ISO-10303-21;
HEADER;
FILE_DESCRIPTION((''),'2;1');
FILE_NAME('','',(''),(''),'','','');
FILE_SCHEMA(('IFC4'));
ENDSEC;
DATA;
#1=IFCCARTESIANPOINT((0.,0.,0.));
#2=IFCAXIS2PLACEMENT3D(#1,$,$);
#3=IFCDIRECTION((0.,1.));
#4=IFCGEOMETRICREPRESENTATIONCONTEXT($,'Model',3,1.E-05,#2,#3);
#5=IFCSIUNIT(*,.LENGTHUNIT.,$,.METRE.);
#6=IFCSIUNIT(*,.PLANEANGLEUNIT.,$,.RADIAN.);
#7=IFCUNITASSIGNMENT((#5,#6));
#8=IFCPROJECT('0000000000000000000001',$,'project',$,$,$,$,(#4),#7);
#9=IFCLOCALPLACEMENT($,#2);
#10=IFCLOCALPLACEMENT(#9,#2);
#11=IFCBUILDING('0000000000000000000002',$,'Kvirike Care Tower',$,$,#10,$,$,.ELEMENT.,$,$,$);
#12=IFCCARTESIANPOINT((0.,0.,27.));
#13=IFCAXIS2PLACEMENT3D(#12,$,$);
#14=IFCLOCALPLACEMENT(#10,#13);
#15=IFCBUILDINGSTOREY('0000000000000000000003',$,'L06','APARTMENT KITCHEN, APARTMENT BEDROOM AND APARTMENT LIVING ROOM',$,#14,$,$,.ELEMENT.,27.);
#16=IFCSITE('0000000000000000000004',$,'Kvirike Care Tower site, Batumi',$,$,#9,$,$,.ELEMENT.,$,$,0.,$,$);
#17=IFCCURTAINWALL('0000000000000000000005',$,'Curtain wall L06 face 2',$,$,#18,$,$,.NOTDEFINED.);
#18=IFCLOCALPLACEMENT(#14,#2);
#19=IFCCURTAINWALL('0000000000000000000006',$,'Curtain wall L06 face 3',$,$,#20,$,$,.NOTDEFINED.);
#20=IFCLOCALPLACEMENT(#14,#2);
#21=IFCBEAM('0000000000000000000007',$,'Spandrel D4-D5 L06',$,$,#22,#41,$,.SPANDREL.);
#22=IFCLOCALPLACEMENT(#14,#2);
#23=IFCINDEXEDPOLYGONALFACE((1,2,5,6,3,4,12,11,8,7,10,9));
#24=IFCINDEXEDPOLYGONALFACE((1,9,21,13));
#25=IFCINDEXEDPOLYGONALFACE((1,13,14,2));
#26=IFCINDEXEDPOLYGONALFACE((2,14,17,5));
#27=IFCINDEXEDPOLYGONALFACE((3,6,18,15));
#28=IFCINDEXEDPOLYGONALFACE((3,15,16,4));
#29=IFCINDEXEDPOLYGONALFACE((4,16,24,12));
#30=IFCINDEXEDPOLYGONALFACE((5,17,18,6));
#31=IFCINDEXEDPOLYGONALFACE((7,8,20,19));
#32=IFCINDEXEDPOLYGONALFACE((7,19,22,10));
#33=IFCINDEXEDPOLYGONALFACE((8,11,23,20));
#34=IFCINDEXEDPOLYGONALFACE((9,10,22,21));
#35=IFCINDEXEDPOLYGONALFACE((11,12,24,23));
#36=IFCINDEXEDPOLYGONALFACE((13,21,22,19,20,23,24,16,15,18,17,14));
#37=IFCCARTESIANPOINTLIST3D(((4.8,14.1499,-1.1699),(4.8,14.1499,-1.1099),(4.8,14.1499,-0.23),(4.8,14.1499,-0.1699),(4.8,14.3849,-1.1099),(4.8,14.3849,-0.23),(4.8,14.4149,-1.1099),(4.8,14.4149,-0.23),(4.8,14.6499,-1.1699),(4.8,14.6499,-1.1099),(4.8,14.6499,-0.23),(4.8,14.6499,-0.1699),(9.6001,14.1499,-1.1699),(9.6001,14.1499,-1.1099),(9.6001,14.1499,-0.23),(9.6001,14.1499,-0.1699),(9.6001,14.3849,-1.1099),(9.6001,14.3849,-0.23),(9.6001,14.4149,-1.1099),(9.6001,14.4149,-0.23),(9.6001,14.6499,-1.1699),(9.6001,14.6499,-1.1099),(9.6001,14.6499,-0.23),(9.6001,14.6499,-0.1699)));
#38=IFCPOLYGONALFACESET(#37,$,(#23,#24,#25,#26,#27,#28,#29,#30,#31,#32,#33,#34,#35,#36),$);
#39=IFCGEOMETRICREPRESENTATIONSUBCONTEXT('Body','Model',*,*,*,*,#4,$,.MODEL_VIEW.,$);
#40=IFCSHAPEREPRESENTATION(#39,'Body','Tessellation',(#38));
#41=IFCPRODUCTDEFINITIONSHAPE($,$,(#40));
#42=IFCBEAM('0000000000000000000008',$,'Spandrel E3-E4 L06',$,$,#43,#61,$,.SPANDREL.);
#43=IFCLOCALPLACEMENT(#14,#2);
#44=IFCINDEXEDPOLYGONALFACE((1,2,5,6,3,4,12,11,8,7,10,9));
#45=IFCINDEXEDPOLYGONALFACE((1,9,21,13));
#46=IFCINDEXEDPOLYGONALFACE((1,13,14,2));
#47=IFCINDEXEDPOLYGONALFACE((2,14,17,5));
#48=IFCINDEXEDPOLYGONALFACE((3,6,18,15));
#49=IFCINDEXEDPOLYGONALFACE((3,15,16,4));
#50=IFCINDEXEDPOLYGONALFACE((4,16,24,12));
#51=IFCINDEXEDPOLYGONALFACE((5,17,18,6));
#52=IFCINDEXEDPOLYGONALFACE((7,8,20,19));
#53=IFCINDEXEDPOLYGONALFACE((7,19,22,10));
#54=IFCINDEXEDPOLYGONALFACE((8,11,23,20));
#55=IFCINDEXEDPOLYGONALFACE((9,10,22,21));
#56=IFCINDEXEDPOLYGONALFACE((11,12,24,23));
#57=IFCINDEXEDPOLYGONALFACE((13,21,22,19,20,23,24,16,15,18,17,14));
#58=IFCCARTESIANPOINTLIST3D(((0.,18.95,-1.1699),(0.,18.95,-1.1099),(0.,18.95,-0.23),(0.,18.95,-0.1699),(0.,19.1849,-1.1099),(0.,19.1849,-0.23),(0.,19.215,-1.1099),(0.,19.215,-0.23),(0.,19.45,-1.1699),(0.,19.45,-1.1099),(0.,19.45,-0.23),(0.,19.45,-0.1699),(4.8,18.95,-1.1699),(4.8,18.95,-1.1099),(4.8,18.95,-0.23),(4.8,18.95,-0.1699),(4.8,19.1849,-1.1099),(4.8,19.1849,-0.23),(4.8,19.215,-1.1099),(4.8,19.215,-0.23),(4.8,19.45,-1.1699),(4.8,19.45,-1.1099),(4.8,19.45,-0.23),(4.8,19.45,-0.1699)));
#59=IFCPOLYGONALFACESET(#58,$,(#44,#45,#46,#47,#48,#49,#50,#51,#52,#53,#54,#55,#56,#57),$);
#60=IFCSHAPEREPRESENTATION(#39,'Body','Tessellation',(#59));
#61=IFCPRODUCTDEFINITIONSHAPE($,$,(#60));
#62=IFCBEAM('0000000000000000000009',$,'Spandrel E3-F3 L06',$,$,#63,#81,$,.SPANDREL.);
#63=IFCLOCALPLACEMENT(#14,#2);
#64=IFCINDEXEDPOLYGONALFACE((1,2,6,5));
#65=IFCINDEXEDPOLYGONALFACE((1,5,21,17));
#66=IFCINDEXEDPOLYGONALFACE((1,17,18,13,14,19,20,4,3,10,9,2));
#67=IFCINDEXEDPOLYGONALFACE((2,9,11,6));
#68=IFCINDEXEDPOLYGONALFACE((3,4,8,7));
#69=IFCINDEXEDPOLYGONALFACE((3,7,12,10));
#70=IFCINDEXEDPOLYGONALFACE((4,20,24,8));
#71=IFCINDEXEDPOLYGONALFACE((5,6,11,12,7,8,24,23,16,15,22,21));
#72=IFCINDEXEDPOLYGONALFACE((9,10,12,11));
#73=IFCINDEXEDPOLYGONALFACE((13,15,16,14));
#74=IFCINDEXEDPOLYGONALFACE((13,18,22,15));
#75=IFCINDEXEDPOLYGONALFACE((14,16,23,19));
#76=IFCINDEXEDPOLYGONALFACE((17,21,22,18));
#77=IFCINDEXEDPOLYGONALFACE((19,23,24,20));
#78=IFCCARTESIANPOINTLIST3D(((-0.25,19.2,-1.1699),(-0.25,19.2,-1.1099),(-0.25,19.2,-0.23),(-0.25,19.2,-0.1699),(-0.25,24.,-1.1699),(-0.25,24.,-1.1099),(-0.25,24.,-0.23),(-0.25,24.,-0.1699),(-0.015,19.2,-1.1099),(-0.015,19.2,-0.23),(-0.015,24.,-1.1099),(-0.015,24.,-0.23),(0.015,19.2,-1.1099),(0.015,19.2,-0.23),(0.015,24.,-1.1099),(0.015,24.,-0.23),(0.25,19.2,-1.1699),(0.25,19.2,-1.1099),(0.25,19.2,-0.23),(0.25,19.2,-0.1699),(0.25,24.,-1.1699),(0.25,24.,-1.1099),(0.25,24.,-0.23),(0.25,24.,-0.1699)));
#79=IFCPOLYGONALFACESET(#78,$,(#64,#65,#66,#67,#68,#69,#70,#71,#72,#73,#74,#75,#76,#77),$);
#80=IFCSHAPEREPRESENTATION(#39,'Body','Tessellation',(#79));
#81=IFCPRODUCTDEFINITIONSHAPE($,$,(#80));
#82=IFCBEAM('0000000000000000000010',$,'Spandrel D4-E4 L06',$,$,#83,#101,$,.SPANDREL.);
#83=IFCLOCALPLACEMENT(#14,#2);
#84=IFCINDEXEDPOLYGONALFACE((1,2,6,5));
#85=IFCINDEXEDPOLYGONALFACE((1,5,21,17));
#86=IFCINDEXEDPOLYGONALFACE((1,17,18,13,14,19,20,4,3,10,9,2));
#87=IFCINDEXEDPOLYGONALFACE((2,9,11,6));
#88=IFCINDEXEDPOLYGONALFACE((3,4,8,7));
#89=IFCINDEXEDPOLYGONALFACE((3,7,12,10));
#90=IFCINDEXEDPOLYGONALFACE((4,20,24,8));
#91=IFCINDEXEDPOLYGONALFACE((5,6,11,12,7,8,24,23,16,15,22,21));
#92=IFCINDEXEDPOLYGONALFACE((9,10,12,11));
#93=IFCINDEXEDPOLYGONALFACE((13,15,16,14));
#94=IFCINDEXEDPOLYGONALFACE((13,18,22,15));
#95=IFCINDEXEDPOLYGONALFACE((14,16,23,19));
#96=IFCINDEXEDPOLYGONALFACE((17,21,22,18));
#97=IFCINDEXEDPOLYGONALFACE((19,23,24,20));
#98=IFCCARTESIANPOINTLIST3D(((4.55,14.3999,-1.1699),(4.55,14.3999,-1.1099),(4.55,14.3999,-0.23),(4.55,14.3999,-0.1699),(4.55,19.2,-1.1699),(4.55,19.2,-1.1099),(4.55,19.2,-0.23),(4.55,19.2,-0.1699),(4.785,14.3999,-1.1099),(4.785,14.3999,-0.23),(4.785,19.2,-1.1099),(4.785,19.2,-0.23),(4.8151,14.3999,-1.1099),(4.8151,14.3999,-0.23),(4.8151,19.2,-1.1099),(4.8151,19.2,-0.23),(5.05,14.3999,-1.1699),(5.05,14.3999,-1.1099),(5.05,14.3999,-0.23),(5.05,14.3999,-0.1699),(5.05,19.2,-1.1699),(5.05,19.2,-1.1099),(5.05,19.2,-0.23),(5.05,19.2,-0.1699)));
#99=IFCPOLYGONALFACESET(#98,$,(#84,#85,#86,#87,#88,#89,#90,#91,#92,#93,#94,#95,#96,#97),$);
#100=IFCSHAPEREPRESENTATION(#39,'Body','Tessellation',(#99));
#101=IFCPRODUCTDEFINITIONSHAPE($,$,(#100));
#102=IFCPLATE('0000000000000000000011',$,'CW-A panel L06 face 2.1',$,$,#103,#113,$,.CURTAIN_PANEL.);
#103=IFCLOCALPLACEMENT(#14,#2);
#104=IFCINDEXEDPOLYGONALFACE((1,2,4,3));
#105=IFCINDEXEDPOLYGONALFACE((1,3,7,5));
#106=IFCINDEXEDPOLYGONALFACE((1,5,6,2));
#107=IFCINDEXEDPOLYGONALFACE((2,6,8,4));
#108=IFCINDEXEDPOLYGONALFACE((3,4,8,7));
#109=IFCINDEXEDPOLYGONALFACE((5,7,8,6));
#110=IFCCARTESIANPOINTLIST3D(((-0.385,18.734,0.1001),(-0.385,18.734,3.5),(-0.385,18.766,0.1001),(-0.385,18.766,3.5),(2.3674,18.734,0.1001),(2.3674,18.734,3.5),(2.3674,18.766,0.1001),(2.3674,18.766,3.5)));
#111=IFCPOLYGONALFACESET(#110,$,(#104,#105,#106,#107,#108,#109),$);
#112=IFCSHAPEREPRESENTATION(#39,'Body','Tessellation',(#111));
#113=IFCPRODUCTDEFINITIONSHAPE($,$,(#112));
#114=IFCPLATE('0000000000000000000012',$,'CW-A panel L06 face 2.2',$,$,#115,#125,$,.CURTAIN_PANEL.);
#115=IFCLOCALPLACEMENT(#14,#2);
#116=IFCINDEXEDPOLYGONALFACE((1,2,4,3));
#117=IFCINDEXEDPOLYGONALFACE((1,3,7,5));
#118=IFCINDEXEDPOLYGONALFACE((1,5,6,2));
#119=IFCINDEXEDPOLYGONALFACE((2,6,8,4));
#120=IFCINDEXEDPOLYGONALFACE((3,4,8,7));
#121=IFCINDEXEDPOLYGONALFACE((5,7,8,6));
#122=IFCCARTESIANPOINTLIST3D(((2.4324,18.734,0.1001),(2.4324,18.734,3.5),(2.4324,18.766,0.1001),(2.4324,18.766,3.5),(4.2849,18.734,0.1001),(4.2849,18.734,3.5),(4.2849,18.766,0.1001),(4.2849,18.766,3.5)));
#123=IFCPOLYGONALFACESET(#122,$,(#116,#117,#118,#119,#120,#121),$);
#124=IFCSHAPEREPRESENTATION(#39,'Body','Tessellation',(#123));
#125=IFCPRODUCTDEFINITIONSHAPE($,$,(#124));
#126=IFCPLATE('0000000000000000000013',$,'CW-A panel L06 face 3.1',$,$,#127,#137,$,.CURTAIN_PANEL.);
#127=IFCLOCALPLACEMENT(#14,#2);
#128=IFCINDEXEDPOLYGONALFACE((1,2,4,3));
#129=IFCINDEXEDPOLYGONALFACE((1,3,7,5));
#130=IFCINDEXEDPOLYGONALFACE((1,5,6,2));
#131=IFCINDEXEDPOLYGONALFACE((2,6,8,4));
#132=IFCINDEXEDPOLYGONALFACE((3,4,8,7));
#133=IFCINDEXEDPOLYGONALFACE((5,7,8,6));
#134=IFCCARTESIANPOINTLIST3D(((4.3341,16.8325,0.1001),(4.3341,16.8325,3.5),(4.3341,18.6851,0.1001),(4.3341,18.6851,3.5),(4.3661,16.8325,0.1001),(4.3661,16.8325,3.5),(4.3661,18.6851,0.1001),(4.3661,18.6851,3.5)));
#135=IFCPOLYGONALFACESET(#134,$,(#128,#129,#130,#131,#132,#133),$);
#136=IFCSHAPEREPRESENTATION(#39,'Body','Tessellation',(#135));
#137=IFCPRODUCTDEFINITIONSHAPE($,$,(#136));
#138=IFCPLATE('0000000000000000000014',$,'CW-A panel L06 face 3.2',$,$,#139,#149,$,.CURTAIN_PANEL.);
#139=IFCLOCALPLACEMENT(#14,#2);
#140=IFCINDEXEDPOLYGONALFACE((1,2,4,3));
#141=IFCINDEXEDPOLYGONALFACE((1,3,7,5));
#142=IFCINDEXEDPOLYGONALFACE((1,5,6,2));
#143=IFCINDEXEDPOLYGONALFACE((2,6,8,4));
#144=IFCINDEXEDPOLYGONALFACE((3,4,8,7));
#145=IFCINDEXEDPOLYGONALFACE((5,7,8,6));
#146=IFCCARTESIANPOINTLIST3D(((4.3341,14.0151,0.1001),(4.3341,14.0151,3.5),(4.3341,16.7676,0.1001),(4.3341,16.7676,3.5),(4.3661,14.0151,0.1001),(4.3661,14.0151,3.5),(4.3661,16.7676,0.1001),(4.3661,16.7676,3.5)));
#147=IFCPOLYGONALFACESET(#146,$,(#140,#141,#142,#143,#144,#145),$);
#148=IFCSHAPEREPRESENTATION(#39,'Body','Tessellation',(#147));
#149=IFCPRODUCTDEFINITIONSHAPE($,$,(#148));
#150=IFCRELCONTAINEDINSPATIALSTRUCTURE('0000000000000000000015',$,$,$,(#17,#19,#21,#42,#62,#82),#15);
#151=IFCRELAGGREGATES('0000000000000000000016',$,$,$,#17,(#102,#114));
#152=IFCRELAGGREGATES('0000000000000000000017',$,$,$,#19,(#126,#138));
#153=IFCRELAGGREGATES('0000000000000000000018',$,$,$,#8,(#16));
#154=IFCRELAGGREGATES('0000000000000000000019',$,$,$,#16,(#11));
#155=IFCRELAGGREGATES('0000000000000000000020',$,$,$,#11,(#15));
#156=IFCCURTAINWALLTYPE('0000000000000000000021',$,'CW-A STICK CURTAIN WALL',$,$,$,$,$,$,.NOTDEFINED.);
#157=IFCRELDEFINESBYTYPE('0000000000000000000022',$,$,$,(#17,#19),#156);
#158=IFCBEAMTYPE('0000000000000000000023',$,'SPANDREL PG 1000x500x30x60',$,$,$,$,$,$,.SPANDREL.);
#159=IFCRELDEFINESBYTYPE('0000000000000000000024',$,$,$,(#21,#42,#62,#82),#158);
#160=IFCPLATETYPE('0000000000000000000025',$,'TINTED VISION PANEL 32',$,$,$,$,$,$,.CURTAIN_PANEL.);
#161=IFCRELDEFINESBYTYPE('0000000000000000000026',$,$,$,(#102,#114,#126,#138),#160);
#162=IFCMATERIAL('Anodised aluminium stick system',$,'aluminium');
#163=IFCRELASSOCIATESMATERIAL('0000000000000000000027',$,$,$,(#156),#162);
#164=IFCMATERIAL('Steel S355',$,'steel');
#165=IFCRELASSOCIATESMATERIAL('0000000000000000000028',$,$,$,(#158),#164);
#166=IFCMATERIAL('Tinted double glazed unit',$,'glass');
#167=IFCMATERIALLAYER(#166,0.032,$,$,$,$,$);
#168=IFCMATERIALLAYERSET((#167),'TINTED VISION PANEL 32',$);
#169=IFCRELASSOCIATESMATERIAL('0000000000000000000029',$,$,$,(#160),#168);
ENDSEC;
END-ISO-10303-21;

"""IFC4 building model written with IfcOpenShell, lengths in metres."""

from ifc_helpers import new_model, si_unit, direction, frame, origin, origin_2d, place, context, subcontext, project, spatial, rectangle, i_section, extrude, material, layer, layer_set, material_profile, profile_set, type_object, element, aggregate, save


model = new_model("IFC4")

# Units and contexts
model_context = context("Model", 3, precision=1e-05, world=origin(), true_north=direction((0.0, 1.0)))
body_context = subcontext(model_context, "Body", "Model", "MODEL_VIEW")
ifc_project = project(units=[si_unit("LENGTHUNIT", "METRE"), si_unit("PLANEANGLEUNIT", "RADIAN")], contexts=[model_context])

# Site, building, storey
site_placement = place(None, origin())
site = spatial("IfcSite", under=ifc_project, at=site_placement, Name="Kvirike Care Tower site, Batumi", CompositionType="ELEMENT", RefElevation=0.0)
building_placement = place(site_placement, origin())
building = spatial("IfcBuilding", under=site, at=building_placement, Name="Kvirike Care Tower", CompositionType="ELEMENT")
storey_placement = place(building_placement, frame((0.0, 0.0, 27.0)))
storey = spatial("IfcBuildingStorey", under=building, at=storey_placement, Name="L06", Description="APARTMENT KITCHEN, APARTMENT BEDROOM AND APARTMENT LIVING ROOM", CompositionType="ELEMENT", Elevation=27.0)

# Shared definitions
ifc_material_1 = material(Name="Anodised aluminium stick system", Category="aluminium")
curtain_wall_type = type_object("IfcCurtainWallType", Name="CW-A STICK CURTAIN WALL", PredefinedType="NOTDEFINED", material=ifc_material_1)

# Curtain walls
curtain_wall_1_placement = place(storey_placement, origin())
curtain_wall_1 = element("IfcCurtainWall", 1, at=curtain_wall_1_placement, inside=storey, type_object=curtain_wall_type, Name="Curtain wall L06 face 2", PredefinedType="NOTDEFINED")
curtain_wall_2_placement = place(storey_placement, origin())
curtain_wall_2 = element("IfcCurtainWall", 2, at=curtain_wall_2_placement, inside=storey, type_object=curtain_wall_type, Name="Curtain wall L06 face 3", PredefinedType="NOTDEFINED")

# Beams
ifc_material_2 = material(Name="Steel S355", Category="steel")
ifc_material_profile_1 = material_profile(ifc_material_2, i_section(OverallWidth=0.5, OverallDepth=1.0, WebThickness=0.03, FlangeThickness=0.0601, at=origin_2d()), Name="PG 1000x500x30x60")
ifc_profile_set_1 = profile_set([ifc_material_profile_1], Name="Steel S355")
beam_type = type_object("IfcBeamType", Name="SPANDREL PG 1000x500x30x60", PredefinedType="SPANDREL", material=ifc_profile_set_1)
for number, where, z_axis, x_axis, name in (
    (3, (4.8, 14.3999, -0.6699), (1.0, 0.0, 0.0), (0.0, 1.0, 0.0), "Spandrel D4-D5 L06"),
    (4, (0.0, 19.2, -0.6699), (1.0, 0.0, 0.0), (0.0, 1.0, 0.0), "Spandrel E3-E4 L06"),
    (5, (0.0, 19.2, -0.6699), (0.0, 1.0, 0.0), (-1.0, 0.0, 0.0), "Spandrel E3-F3 L06"),
    (6, (4.8, 14.3999, -0.6699), (0.0, 1.0, 0.0), (-1.0, 0.0, 0.0), "Spandrel D4-E4 L06"),
):
    element("IfcBeam", number, at=place(storey_placement, frame(where, z_axis=z_axis, x_axis=x_axis)), inside=storey, type_object=beam_type, Name=name, PredefinedType="SPANDREL", context=body_context, shape_type="SweptSolid", body=[
        extrude(i_section(OverallWidth=0.5, OverallDepth=1.0, WebThickness=0.03, FlangeThickness=0.0601, at=origin_2d()), origin(), (0.0, 0.0, 1.0), 4.8),
    ])

# Plates
ifc_material_3 = material(Name="Tinted double glazed unit", Category="glass")
ifc_layer = layer(ifc_material_3, 0.032)
ifc_layer_set = layer_set([ifc_layer], Name="TINTED VISION PANEL 32")
plate_type = type_object("IfcPlateType", Name="TINTED VISION PANEL 32", PredefinedType="CURTAIN_PANEL", material=ifc_layer_set)
plate_1_placement = place(storey_placement, frame((0.9912, 18.75, 0.1001), z_axis=(0.0, 0.0, 1.0), x_axis=(1.0, 0.0, 0.0)))
plate_1 = element("IfcPlate", 7, at=plate_1_placement, type_object=plate_type, Name="CW-A panel L06 face 2.1", PredefinedType="CURTAIN_PANEL", context=body_context, shape_type="SweptSolid", body=[
    extrude(rectangle(XDim=2.7524, YDim=0.032, at=origin_2d()), origin(), (0.0, 0.0, 1.0), 3.3999),
])
plate_2_placement = place(storey_placement, frame((3.3586, 18.75, 0.1001), z_axis=(0.0, 0.0, 1.0), x_axis=(1.0, 0.0, 0.0)))
plate_2 = element("IfcPlate", 8, at=plate_2_placement, type_object=plate_type, Name="CW-A panel L06 face 2.2", PredefinedType="CURTAIN_PANEL", context=body_context, shape_type="SweptSolid", body=[
    extrude(rectangle(XDim=1.8525, YDim=0.032, at=origin_2d()), origin(), (0.0, 0.0, 1.0), 3.3999),
])
aggregate(curtain_wall_1, [plate_1, plate_2])
plate_3_placement = place(storey_placement, frame((4.3501, 17.7588, 0.1001), z_axis=(0.0, 0.0, 1.0), x_axis=(0.0, -1.0, 0.0)))
plate_3 = element("IfcPlate", 9, at=plate_3_placement, type_object=plate_type, Name="CW-A panel L06 face 3.1", PredefinedType="CURTAIN_PANEL", context=body_context, shape_type="SweptSolid", body=[
    extrude(rectangle(XDim=1.8525, YDim=0.032, at=origin_2d()), origin(), (0.0, 0.0, 1.0), 3.3999),
])
plate_4_placement = place(storey_placement, frame((4.3501, 15.3914, 0.1001), z_axis=(0.0, 0.0, 1.0), x_axis=(0.0, -1.0, 0.0)))
plate_4 = element("IfcPlate", 10, at=plate_4_placement, type_object=plate_type, Name="CW-A panel L06 face 3.2", PredefinedType="CURTAIN_PANEL", context=body_context, shape_type="SweptSolid", body=[
    extrude(rectangle(XDim=2.7524, YDim=0.032, at=origin_2d()), origin(), (0.0, 0.0, 1.0), 3.3999),
])
aggregate(curtain_wall_2, [plate_3, plate_4])

save(model, "model.ifc")
